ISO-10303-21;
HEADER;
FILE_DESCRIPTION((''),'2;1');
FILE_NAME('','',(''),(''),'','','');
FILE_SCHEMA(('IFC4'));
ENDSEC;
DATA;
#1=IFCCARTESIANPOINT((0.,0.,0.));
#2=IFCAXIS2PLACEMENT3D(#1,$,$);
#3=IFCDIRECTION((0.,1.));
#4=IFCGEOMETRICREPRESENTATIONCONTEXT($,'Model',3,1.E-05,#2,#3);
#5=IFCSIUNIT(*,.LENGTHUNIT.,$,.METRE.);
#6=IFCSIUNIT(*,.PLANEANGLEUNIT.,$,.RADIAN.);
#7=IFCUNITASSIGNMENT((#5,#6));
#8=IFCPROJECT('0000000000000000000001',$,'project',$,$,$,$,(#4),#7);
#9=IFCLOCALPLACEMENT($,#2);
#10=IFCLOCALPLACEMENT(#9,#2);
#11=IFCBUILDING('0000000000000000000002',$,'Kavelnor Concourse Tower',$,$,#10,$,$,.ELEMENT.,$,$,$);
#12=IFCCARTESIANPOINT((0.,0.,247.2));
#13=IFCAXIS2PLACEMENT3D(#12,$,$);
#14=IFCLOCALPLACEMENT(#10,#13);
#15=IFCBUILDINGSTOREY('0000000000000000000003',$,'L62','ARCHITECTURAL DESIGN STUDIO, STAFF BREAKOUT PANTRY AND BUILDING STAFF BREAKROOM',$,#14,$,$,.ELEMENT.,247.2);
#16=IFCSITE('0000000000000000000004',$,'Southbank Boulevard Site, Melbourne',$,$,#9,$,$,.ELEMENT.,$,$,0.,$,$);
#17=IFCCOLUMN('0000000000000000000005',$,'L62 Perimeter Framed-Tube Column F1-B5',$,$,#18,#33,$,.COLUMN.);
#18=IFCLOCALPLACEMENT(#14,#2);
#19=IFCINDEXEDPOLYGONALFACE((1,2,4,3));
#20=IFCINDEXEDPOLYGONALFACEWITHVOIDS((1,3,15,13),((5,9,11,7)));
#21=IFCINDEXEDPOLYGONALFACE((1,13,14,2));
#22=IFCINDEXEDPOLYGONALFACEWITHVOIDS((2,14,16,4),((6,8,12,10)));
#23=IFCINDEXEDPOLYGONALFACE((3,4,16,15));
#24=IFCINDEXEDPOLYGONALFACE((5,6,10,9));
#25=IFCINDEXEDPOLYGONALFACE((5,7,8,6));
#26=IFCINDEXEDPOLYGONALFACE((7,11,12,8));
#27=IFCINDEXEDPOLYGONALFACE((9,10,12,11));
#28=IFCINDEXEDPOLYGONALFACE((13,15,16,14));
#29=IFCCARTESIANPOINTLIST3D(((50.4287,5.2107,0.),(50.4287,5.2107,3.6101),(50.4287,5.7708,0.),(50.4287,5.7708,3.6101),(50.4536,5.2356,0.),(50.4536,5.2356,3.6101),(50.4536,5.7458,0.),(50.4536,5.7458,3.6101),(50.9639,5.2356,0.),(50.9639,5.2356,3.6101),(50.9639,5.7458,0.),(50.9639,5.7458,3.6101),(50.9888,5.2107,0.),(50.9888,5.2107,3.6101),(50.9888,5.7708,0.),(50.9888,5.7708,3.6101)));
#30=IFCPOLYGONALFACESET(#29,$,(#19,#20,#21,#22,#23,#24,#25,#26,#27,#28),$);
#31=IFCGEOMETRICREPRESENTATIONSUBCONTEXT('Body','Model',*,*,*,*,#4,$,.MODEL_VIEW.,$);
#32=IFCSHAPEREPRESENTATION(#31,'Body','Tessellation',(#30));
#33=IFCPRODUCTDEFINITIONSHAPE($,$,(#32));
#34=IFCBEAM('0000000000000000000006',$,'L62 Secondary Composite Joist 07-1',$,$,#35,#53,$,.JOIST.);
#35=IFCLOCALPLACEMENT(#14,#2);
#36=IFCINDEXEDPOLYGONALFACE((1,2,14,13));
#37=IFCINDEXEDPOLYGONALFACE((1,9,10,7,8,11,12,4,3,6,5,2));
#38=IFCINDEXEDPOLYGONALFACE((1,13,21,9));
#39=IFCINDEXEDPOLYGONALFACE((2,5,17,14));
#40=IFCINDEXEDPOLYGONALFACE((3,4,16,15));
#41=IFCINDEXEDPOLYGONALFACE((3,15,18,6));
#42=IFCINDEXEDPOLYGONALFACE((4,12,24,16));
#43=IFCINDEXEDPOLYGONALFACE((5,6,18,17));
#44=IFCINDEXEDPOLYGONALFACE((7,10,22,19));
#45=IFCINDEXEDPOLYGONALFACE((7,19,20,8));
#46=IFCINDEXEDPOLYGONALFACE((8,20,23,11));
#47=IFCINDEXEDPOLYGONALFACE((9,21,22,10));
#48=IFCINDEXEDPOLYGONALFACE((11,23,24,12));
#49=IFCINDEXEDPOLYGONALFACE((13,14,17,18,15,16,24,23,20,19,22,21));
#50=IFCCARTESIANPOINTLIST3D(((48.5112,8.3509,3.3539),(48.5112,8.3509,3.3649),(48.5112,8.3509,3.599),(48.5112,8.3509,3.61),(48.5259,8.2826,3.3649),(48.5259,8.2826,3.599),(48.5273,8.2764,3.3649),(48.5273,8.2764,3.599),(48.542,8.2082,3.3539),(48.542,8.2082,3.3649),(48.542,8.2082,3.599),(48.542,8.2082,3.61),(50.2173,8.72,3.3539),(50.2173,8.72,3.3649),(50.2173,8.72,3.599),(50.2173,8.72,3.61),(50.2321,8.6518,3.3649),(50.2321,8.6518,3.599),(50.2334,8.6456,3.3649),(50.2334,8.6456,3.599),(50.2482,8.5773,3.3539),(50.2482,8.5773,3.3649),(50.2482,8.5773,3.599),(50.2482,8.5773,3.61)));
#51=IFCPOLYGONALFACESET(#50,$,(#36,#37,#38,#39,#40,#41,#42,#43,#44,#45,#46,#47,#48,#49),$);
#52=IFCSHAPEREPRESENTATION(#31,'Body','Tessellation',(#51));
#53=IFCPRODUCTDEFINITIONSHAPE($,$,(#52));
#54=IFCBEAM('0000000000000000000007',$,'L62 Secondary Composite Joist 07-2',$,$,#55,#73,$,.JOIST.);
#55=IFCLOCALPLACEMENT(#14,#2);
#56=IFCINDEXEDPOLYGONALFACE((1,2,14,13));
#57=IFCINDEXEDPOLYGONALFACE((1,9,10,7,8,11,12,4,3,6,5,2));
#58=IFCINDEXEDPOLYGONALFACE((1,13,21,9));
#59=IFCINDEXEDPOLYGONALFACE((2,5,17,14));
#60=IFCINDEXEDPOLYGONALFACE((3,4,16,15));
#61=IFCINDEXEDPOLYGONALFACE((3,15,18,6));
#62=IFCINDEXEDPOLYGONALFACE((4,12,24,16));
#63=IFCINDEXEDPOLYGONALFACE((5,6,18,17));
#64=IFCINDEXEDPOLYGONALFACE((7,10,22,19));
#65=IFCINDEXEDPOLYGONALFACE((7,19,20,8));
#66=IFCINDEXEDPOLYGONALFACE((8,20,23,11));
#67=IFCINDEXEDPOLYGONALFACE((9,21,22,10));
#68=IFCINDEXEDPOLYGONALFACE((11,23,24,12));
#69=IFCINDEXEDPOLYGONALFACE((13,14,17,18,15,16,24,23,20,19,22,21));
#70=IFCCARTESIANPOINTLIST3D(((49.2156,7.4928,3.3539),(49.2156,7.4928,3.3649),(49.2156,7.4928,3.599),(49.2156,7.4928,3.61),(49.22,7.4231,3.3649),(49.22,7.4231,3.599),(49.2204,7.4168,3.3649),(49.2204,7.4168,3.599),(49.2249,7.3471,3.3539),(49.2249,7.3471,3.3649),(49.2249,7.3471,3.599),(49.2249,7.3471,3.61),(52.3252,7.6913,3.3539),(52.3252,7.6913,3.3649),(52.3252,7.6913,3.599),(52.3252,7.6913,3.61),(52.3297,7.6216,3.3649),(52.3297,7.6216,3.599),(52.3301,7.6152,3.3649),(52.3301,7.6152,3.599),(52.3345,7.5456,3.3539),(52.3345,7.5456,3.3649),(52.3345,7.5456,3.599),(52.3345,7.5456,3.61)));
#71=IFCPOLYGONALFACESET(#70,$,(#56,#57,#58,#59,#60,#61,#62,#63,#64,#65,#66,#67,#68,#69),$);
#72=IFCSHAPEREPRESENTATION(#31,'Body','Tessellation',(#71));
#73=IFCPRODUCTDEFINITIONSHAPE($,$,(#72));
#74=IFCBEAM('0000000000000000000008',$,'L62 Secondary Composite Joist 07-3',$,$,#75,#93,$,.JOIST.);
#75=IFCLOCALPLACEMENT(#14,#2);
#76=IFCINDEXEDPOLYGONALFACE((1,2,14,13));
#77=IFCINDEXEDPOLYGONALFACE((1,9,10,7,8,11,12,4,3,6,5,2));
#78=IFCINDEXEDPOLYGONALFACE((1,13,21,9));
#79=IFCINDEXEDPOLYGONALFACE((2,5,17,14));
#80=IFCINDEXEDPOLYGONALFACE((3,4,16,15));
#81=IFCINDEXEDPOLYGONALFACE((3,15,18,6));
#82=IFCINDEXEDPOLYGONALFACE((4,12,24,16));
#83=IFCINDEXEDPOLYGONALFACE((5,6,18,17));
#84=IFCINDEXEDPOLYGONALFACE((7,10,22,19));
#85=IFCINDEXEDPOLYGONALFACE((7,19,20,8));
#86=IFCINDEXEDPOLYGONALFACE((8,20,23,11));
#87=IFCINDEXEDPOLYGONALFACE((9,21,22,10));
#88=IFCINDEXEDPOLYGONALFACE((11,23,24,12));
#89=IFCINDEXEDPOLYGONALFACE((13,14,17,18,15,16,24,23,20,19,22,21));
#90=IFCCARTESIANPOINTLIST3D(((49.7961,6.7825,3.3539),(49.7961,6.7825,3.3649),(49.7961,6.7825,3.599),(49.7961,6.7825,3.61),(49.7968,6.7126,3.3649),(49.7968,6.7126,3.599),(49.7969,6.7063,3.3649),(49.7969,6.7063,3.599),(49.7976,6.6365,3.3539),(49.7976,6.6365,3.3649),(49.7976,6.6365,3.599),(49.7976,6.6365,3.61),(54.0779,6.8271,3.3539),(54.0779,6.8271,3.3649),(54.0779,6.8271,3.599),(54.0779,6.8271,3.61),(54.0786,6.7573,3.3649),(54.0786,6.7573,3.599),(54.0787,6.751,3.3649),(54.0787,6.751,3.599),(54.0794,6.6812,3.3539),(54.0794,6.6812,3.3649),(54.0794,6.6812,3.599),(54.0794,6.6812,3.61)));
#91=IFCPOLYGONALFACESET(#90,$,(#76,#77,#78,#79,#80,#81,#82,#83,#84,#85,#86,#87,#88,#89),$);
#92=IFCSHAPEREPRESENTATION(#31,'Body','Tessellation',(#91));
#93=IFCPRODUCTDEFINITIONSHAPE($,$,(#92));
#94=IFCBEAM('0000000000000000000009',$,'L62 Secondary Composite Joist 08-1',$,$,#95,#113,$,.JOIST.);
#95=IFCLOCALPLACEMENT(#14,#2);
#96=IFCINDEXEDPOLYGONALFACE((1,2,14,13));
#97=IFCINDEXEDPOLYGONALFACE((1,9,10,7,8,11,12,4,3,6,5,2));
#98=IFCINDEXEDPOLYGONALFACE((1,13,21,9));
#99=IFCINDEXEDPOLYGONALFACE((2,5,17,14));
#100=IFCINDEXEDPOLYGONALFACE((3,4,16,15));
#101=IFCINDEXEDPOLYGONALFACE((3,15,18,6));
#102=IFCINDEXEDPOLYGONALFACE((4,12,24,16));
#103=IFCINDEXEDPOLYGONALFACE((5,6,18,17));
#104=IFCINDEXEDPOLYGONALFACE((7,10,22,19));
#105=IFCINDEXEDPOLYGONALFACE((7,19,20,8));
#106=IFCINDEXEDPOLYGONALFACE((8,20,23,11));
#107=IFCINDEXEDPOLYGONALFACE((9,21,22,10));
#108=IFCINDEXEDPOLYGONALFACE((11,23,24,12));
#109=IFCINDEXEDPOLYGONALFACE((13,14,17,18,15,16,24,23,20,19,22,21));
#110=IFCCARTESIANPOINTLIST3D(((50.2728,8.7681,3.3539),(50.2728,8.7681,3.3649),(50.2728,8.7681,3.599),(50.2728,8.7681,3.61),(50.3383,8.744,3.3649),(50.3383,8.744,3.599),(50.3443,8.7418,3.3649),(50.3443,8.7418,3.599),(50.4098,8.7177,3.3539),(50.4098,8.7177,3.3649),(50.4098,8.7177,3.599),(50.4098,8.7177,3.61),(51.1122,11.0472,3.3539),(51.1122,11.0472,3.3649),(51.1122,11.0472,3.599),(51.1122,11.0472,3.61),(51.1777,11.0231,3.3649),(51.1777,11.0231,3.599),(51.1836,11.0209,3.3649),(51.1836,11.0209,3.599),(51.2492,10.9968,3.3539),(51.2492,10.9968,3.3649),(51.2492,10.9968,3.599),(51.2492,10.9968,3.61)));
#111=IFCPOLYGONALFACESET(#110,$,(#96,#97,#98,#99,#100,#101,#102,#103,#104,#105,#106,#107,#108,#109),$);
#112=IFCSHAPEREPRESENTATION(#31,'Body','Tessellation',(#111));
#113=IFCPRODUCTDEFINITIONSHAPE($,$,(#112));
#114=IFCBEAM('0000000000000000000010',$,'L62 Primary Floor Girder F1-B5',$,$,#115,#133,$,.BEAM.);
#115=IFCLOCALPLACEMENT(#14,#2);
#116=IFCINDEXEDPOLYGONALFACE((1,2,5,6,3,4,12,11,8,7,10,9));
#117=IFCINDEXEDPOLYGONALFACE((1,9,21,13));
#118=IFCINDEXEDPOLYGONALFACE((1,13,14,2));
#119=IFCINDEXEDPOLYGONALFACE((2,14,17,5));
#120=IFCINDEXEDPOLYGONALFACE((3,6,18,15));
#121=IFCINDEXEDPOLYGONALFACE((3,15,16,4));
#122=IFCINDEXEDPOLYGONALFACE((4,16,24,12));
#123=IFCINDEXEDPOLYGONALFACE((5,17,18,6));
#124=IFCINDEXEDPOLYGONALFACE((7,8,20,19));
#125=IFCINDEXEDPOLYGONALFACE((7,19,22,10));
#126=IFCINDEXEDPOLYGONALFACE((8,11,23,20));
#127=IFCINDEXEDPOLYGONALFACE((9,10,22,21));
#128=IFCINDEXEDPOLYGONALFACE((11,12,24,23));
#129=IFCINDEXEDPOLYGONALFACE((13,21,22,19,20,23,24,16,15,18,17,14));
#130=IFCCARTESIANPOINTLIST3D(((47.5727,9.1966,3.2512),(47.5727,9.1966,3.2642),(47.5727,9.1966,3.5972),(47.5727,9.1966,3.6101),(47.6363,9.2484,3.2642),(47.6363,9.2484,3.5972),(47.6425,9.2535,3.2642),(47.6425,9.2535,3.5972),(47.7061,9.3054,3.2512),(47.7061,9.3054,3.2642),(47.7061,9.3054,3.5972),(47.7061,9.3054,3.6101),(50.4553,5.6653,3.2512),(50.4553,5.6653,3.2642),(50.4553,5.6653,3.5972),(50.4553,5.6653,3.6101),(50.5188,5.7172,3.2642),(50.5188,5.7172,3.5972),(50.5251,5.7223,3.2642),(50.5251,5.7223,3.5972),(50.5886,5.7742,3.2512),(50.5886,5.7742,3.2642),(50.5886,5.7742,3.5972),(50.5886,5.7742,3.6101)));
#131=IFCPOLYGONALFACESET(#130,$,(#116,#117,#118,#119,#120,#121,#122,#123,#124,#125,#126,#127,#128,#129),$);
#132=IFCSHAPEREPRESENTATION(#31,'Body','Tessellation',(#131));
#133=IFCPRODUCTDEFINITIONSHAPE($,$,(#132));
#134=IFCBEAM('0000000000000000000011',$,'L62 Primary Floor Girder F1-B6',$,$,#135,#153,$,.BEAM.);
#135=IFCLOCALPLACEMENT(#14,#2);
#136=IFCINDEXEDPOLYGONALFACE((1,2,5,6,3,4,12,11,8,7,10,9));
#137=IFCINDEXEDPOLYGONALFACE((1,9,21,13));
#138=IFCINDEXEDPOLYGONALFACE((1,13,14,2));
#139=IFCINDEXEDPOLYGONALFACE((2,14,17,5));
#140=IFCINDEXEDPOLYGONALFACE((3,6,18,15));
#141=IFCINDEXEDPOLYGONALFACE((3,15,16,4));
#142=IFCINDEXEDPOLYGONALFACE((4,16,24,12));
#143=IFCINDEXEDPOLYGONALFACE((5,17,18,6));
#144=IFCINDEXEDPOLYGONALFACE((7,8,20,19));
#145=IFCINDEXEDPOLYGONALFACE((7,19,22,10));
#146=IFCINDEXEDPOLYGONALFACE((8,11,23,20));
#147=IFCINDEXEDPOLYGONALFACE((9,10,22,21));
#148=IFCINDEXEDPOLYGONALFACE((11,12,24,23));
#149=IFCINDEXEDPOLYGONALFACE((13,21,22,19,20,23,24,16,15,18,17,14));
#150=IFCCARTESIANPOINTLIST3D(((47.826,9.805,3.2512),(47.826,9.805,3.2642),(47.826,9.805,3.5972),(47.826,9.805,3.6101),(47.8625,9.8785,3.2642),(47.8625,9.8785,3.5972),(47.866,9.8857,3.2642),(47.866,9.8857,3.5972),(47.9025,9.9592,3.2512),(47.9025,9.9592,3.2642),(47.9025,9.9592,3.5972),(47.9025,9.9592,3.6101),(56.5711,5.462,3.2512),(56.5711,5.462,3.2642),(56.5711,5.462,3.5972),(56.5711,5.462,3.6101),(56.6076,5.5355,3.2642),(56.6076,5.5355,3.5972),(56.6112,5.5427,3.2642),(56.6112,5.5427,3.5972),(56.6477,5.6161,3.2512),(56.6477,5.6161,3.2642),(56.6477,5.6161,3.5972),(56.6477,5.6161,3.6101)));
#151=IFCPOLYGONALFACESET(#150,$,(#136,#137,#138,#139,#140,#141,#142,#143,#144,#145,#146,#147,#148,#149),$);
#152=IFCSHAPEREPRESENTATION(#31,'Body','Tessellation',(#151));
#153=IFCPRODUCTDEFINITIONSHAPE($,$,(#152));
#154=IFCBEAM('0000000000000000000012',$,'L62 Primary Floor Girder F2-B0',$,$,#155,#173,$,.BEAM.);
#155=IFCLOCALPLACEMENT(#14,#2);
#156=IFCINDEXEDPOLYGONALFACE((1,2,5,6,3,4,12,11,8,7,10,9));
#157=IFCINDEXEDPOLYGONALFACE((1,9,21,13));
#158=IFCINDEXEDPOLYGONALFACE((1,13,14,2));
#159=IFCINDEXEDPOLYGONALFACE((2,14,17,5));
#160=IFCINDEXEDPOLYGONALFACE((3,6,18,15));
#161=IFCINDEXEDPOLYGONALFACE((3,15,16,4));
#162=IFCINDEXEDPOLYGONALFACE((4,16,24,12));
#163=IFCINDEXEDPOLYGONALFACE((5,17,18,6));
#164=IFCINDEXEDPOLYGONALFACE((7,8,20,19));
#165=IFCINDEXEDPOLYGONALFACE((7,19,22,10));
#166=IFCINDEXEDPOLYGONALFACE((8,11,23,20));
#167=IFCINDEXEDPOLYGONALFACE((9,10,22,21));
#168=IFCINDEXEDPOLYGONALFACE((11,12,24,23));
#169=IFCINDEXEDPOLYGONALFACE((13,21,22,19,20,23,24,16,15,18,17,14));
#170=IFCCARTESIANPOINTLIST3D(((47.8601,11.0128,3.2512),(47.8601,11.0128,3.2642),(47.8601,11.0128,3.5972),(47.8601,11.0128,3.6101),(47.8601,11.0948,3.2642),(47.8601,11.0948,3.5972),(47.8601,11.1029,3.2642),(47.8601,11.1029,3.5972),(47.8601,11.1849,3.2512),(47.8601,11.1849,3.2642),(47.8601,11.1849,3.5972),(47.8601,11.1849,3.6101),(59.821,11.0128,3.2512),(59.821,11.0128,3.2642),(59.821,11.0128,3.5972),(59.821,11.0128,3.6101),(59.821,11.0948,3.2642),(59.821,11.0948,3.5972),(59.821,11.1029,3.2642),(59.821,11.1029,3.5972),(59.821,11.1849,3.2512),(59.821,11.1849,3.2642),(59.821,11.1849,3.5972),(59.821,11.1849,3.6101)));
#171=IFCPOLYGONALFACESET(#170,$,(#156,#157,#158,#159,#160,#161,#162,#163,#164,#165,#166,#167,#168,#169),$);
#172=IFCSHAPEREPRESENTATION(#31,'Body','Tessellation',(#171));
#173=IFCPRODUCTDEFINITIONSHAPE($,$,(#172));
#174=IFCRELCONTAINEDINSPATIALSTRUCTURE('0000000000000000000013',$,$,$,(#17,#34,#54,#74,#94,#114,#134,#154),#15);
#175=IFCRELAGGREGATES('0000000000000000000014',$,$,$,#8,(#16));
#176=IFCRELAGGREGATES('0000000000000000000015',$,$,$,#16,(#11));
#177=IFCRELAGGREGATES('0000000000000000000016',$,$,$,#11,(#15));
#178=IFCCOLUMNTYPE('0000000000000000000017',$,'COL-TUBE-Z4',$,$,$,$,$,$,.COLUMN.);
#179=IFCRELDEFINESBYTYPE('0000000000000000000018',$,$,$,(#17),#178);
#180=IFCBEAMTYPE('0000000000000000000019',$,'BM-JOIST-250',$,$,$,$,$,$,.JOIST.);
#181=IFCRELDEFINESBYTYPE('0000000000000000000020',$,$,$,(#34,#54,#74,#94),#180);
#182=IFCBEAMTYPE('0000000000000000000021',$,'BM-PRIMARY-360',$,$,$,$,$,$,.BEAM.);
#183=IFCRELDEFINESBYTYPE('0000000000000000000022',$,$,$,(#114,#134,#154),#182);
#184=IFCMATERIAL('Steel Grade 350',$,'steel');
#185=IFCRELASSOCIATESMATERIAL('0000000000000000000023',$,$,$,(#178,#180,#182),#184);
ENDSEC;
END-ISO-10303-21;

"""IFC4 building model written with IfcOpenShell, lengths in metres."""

from ifc_helpers import new_model, si_unit, direction, frame, origin, origin_2d, place, context, subcontext, project, spatial, hollow_rectangle, i_section, extrude, material, material_profile, profile_set, type_object, element, save


model = new_model("IFC4")

# Units and contexts
model_context = context("Model", 3, precision=1e-05, world=origin(), true_north=direction((0.0, 1.0)))
body_context = subcontext(model_context, "Body", "Model", "MODEL_VIEW")
ifc_project = project(units=[si_unit("LENGTHUNIT", "METRE"), si_unit("PLANEANGLEUNIT", "RADIAN")], contexts=[model_context])

# Site, building, storey
site_placement = place(None, origin())
site = spatial("IfcSite", under=ifc_project, at=site_placement, Name="Southbank Boulevard Site, Melbourne", CompositionType="ELEMENT", RefElevation=0.0)
building_placement = place(site_placement, origin())
building = spatial("IfcBuilding", under=site, at=building_placement, Name="Kavelnor Concourse Tower", CompositionType="ELEMENT")
storey_placement = place(building_placement, frame((0.0, 0.0, 247.2)))
storey = spatial("IfcBuildingStorey", under=building, at=storey_placement, Name="L62", Description="ARCHITECTURAL DESIGN STUDIO, STAFF BREAKOUT PANTRY AND BUILDING STAFF BREAKROOM", CompositionType="ELEMENT", Elevation=247.2)

# Column
ifc_material_1 = material(Name="Steel Grade 350", Category="steel")
ifc_material_profile_1 = material_profile(ifc_material_1, hollow_rectangle(XDim=0.5601, YDim=0.5601, WallThickness=0.0249, at=origin_2d()), Name="SHS 560x560x25")
ifc_profile_set_1 = profile_set([ifc_material_profile_1], Name="Steel Grade 350")
column_type = type_object("IfcColumnType", Name="COL-TUBE-Z4", PredefinedType="COLUMN", material=ifc_profile_set_1)
column_placement = place(storey_placement, frame((50.7087, 5.4907, 0.0), z_axis=(0.0, 0.0, 1.0), x_axis=(1.0, 0.0, 0.0)))
element("IfcColumn", 1, at=column_placement, inside=storey, type_object=column_type, Name="L62 Perimeter Framed-Tube Column F1-B5", PredefinedType="COLUMN", context=body_context, shape_type="SweptSolid", body=[
    extrude(hollow_rectangle(XDim=0.5601, YDim=0.5601, WallThickness=0.0249, at=origin_2d()), origin(), (0.0, 0.0, 1.0), 3.6101),
])

# Beams
ifc_material_profile_2 = material_profile(ifc_material_1, i_section(OverallWidth=0.146, OverallDepth=0.2561, WebThickness=0.0063, FlangeThickness=0.011, at=origin_2d()), Name="250UB37")
ifc_profile_set_2 = profile_set([ifc_material_profile_2], Name="Steel Grade 350")
beam_type_1 = type_object("IfcBeamType", Name="BM-JOIST-250", PredefinedType="JOIST", material=ifc_profile_set_2)
beam_1_placement = place(storey_placement, frame((48.5266, 8.2795, 3.4819), z_axis=(0.977383, 0.211477, 0.0), x_axis=(-0.211477, 0.977383, 0.0)))
element("IfcBeam", 2, at=beam_1_placement, inside=storey, type_object=beam_type_1, Name="L62 Secondary Composite Joist 07-1", PredefinedType="JOIST", context=body_context, shape_type="SweptSolid", body=[
    extrude(i_section(OverallWidth=0.146, OverallDepth=0.2561, WebThickness=0.0063, FlangeThickness=0.011, at=origin_2d()), origin(), (0.0, 0.0, 1.0), 1.7456),
])
beam_2_placement = place(storey_placement, frame((49.2202, 7.4199, 3.4819), z_axis=(0.997969, 0.0637, 0.0), x_axis=(-0.0637, 0.997969, 0.0)))
element("IfcBeam", 3, at=beam_2_placement, inside=storey, type_object=beam_type_1, Name="L62 Secondary Composite Joist 07-2", PredefinedType="JOIST", context=body_context, shape_type="SweptSolid", body=[
    extrude(i_section(OverallWidth=0.146, OverallDepth=0.2561, WebThickness=0.0063, FlangeThickness=0.011, at=origin_2d()), origin(), (0.0, 0.0, 1.0), 3.116),
])
beam_3_placement = place(storey_placement, frame((49.7969, 6.7095, 3.4819), z_axis=(0.999946, 0.010434, 0.0), x_axis=(-0.010434, 0.999946, 0.0)))
element("IfcBeam", 4, at=beam_3_placement, inside=storey, type_object=beam_type_1, Name="L62 Secondary Composite Joist 07-3", PredefinedType="JOIST", context=body_context, shape_type="SweptSolid", body=[
    extrude(i_section(OverallWidth=0.146, OverallDepth=0.2561, WebThickness=0.0063, FlangeThickness=0.011, at=origin_2d()), origin(), (0.0, 0.0, 1.0), 4.282),
])
beam_4_placement = place(storey_placement, frame((50.3413, 8.7429, 3.4819), z_axis=(0.345598, 0.938383, 0.0), x_axis=(-0.938383, 0.345598, 0.0)))
element("IfcBeam", 5, at=beam_4_placement, inside=storey, type_object=beam_type_1, Name="L62 Secondary Composite Joist 08-1", PredefinedType="JOIST", context=body_context, shape_type="SweptSolid", body=[
    extrude(i_section(OverallWidth=0.146, OverallDepth=0.2561, WebThickness=0.0063, FlangeThickness=0.011, at=origin_2d()), origin(), (0.0, 0.0, 1.0), 2.4287),
])
ifc_material_profile_3 = material_profile(ifc_material_1, i_section(OverallWidth=0.1721, OverallDepth=0.3589, WebThickness=0.0081, FlangeThickness=0.0129, at=origin_2d()), Name="360UB56")
ifc_profile_set_3 = profile_set([ifc_material_profile_3], Name="Steel Grade 350")
beam_type_2 = type_object("IfcBeamType", Name="BM-PRIMARY-360", PredefinedType="BEAM", material=ifc_profile_set_3)
beam_5_placement = place(storey_placement, frame((47.6394, 9.251, 3.4307), z_axis=(0.632365, -0.77467, 0.0), x_axis=(0.77467, 0.632365, 0.0)))
element("IfcBeam", 6, at=beam_5_placement, inside=storey, type_object=beam_type_2, Name="L62 Primary Floor Girder F1-B5", PredefinedType="BEAM", context=body_context, shape_type="SweptSolid", body=[
    extrude(i_section(OverallWidth=0.1721, OverallDepth=0.3589, WebThickness=0.0081, FlangeThickness=0.0129, at=origin_2d()), origin(), (0.0, 0.0, 1.0), 4.5583),
])
beam_6_placement = place(storey_placement, frame((47.8643, 9.8821, 3.4307), z_axis=(0.895634, -0.444792, 0.0), x_axis=(0.444792, 0.895634, 0.0)))
element("IfcBeam", 7, at=beam_6_placement, inside=storey, type_object=beam_type_2, Name="L62 Primary Floor Girder F1-B6", PredefinedType="BEAM", context=body_context, shape_type="SweptSolid", body=[
    extrude(i_section(OverallWidth=0.1721, OverallDepth=0.3589, WebThickness=0.0081, FlangeThickness=0.0129, at=origin_2d()), origin(), (0.0, 0.0, 1.0), 9.7642),
])
beam_7_placement = place(storey_placement, frame((47.8601, 11.0989, 3.4307), z_axis=(1.0, 0.0, 0.0), x_axis=(0.0, 1.0, 0.0)))
element("IfcBeam", 8, at=beam_7_placement, inside=storey, type_object=beam_type_2, Name="L62 Primary Floor Girder F2-B0", PredefinedType="BEAM", context=body_context, shape_type="SweptSolid", body=[
    extrude(i_section(OverallWidth=0.1721, OverallDepth=0.3589, WebThickness=0.0081, FlangeThickness=0.0129, at=origin_2d()), origin(), (0.0, 0.0, 1.0), 11.9609),
])

save(model, "model.ifc")
